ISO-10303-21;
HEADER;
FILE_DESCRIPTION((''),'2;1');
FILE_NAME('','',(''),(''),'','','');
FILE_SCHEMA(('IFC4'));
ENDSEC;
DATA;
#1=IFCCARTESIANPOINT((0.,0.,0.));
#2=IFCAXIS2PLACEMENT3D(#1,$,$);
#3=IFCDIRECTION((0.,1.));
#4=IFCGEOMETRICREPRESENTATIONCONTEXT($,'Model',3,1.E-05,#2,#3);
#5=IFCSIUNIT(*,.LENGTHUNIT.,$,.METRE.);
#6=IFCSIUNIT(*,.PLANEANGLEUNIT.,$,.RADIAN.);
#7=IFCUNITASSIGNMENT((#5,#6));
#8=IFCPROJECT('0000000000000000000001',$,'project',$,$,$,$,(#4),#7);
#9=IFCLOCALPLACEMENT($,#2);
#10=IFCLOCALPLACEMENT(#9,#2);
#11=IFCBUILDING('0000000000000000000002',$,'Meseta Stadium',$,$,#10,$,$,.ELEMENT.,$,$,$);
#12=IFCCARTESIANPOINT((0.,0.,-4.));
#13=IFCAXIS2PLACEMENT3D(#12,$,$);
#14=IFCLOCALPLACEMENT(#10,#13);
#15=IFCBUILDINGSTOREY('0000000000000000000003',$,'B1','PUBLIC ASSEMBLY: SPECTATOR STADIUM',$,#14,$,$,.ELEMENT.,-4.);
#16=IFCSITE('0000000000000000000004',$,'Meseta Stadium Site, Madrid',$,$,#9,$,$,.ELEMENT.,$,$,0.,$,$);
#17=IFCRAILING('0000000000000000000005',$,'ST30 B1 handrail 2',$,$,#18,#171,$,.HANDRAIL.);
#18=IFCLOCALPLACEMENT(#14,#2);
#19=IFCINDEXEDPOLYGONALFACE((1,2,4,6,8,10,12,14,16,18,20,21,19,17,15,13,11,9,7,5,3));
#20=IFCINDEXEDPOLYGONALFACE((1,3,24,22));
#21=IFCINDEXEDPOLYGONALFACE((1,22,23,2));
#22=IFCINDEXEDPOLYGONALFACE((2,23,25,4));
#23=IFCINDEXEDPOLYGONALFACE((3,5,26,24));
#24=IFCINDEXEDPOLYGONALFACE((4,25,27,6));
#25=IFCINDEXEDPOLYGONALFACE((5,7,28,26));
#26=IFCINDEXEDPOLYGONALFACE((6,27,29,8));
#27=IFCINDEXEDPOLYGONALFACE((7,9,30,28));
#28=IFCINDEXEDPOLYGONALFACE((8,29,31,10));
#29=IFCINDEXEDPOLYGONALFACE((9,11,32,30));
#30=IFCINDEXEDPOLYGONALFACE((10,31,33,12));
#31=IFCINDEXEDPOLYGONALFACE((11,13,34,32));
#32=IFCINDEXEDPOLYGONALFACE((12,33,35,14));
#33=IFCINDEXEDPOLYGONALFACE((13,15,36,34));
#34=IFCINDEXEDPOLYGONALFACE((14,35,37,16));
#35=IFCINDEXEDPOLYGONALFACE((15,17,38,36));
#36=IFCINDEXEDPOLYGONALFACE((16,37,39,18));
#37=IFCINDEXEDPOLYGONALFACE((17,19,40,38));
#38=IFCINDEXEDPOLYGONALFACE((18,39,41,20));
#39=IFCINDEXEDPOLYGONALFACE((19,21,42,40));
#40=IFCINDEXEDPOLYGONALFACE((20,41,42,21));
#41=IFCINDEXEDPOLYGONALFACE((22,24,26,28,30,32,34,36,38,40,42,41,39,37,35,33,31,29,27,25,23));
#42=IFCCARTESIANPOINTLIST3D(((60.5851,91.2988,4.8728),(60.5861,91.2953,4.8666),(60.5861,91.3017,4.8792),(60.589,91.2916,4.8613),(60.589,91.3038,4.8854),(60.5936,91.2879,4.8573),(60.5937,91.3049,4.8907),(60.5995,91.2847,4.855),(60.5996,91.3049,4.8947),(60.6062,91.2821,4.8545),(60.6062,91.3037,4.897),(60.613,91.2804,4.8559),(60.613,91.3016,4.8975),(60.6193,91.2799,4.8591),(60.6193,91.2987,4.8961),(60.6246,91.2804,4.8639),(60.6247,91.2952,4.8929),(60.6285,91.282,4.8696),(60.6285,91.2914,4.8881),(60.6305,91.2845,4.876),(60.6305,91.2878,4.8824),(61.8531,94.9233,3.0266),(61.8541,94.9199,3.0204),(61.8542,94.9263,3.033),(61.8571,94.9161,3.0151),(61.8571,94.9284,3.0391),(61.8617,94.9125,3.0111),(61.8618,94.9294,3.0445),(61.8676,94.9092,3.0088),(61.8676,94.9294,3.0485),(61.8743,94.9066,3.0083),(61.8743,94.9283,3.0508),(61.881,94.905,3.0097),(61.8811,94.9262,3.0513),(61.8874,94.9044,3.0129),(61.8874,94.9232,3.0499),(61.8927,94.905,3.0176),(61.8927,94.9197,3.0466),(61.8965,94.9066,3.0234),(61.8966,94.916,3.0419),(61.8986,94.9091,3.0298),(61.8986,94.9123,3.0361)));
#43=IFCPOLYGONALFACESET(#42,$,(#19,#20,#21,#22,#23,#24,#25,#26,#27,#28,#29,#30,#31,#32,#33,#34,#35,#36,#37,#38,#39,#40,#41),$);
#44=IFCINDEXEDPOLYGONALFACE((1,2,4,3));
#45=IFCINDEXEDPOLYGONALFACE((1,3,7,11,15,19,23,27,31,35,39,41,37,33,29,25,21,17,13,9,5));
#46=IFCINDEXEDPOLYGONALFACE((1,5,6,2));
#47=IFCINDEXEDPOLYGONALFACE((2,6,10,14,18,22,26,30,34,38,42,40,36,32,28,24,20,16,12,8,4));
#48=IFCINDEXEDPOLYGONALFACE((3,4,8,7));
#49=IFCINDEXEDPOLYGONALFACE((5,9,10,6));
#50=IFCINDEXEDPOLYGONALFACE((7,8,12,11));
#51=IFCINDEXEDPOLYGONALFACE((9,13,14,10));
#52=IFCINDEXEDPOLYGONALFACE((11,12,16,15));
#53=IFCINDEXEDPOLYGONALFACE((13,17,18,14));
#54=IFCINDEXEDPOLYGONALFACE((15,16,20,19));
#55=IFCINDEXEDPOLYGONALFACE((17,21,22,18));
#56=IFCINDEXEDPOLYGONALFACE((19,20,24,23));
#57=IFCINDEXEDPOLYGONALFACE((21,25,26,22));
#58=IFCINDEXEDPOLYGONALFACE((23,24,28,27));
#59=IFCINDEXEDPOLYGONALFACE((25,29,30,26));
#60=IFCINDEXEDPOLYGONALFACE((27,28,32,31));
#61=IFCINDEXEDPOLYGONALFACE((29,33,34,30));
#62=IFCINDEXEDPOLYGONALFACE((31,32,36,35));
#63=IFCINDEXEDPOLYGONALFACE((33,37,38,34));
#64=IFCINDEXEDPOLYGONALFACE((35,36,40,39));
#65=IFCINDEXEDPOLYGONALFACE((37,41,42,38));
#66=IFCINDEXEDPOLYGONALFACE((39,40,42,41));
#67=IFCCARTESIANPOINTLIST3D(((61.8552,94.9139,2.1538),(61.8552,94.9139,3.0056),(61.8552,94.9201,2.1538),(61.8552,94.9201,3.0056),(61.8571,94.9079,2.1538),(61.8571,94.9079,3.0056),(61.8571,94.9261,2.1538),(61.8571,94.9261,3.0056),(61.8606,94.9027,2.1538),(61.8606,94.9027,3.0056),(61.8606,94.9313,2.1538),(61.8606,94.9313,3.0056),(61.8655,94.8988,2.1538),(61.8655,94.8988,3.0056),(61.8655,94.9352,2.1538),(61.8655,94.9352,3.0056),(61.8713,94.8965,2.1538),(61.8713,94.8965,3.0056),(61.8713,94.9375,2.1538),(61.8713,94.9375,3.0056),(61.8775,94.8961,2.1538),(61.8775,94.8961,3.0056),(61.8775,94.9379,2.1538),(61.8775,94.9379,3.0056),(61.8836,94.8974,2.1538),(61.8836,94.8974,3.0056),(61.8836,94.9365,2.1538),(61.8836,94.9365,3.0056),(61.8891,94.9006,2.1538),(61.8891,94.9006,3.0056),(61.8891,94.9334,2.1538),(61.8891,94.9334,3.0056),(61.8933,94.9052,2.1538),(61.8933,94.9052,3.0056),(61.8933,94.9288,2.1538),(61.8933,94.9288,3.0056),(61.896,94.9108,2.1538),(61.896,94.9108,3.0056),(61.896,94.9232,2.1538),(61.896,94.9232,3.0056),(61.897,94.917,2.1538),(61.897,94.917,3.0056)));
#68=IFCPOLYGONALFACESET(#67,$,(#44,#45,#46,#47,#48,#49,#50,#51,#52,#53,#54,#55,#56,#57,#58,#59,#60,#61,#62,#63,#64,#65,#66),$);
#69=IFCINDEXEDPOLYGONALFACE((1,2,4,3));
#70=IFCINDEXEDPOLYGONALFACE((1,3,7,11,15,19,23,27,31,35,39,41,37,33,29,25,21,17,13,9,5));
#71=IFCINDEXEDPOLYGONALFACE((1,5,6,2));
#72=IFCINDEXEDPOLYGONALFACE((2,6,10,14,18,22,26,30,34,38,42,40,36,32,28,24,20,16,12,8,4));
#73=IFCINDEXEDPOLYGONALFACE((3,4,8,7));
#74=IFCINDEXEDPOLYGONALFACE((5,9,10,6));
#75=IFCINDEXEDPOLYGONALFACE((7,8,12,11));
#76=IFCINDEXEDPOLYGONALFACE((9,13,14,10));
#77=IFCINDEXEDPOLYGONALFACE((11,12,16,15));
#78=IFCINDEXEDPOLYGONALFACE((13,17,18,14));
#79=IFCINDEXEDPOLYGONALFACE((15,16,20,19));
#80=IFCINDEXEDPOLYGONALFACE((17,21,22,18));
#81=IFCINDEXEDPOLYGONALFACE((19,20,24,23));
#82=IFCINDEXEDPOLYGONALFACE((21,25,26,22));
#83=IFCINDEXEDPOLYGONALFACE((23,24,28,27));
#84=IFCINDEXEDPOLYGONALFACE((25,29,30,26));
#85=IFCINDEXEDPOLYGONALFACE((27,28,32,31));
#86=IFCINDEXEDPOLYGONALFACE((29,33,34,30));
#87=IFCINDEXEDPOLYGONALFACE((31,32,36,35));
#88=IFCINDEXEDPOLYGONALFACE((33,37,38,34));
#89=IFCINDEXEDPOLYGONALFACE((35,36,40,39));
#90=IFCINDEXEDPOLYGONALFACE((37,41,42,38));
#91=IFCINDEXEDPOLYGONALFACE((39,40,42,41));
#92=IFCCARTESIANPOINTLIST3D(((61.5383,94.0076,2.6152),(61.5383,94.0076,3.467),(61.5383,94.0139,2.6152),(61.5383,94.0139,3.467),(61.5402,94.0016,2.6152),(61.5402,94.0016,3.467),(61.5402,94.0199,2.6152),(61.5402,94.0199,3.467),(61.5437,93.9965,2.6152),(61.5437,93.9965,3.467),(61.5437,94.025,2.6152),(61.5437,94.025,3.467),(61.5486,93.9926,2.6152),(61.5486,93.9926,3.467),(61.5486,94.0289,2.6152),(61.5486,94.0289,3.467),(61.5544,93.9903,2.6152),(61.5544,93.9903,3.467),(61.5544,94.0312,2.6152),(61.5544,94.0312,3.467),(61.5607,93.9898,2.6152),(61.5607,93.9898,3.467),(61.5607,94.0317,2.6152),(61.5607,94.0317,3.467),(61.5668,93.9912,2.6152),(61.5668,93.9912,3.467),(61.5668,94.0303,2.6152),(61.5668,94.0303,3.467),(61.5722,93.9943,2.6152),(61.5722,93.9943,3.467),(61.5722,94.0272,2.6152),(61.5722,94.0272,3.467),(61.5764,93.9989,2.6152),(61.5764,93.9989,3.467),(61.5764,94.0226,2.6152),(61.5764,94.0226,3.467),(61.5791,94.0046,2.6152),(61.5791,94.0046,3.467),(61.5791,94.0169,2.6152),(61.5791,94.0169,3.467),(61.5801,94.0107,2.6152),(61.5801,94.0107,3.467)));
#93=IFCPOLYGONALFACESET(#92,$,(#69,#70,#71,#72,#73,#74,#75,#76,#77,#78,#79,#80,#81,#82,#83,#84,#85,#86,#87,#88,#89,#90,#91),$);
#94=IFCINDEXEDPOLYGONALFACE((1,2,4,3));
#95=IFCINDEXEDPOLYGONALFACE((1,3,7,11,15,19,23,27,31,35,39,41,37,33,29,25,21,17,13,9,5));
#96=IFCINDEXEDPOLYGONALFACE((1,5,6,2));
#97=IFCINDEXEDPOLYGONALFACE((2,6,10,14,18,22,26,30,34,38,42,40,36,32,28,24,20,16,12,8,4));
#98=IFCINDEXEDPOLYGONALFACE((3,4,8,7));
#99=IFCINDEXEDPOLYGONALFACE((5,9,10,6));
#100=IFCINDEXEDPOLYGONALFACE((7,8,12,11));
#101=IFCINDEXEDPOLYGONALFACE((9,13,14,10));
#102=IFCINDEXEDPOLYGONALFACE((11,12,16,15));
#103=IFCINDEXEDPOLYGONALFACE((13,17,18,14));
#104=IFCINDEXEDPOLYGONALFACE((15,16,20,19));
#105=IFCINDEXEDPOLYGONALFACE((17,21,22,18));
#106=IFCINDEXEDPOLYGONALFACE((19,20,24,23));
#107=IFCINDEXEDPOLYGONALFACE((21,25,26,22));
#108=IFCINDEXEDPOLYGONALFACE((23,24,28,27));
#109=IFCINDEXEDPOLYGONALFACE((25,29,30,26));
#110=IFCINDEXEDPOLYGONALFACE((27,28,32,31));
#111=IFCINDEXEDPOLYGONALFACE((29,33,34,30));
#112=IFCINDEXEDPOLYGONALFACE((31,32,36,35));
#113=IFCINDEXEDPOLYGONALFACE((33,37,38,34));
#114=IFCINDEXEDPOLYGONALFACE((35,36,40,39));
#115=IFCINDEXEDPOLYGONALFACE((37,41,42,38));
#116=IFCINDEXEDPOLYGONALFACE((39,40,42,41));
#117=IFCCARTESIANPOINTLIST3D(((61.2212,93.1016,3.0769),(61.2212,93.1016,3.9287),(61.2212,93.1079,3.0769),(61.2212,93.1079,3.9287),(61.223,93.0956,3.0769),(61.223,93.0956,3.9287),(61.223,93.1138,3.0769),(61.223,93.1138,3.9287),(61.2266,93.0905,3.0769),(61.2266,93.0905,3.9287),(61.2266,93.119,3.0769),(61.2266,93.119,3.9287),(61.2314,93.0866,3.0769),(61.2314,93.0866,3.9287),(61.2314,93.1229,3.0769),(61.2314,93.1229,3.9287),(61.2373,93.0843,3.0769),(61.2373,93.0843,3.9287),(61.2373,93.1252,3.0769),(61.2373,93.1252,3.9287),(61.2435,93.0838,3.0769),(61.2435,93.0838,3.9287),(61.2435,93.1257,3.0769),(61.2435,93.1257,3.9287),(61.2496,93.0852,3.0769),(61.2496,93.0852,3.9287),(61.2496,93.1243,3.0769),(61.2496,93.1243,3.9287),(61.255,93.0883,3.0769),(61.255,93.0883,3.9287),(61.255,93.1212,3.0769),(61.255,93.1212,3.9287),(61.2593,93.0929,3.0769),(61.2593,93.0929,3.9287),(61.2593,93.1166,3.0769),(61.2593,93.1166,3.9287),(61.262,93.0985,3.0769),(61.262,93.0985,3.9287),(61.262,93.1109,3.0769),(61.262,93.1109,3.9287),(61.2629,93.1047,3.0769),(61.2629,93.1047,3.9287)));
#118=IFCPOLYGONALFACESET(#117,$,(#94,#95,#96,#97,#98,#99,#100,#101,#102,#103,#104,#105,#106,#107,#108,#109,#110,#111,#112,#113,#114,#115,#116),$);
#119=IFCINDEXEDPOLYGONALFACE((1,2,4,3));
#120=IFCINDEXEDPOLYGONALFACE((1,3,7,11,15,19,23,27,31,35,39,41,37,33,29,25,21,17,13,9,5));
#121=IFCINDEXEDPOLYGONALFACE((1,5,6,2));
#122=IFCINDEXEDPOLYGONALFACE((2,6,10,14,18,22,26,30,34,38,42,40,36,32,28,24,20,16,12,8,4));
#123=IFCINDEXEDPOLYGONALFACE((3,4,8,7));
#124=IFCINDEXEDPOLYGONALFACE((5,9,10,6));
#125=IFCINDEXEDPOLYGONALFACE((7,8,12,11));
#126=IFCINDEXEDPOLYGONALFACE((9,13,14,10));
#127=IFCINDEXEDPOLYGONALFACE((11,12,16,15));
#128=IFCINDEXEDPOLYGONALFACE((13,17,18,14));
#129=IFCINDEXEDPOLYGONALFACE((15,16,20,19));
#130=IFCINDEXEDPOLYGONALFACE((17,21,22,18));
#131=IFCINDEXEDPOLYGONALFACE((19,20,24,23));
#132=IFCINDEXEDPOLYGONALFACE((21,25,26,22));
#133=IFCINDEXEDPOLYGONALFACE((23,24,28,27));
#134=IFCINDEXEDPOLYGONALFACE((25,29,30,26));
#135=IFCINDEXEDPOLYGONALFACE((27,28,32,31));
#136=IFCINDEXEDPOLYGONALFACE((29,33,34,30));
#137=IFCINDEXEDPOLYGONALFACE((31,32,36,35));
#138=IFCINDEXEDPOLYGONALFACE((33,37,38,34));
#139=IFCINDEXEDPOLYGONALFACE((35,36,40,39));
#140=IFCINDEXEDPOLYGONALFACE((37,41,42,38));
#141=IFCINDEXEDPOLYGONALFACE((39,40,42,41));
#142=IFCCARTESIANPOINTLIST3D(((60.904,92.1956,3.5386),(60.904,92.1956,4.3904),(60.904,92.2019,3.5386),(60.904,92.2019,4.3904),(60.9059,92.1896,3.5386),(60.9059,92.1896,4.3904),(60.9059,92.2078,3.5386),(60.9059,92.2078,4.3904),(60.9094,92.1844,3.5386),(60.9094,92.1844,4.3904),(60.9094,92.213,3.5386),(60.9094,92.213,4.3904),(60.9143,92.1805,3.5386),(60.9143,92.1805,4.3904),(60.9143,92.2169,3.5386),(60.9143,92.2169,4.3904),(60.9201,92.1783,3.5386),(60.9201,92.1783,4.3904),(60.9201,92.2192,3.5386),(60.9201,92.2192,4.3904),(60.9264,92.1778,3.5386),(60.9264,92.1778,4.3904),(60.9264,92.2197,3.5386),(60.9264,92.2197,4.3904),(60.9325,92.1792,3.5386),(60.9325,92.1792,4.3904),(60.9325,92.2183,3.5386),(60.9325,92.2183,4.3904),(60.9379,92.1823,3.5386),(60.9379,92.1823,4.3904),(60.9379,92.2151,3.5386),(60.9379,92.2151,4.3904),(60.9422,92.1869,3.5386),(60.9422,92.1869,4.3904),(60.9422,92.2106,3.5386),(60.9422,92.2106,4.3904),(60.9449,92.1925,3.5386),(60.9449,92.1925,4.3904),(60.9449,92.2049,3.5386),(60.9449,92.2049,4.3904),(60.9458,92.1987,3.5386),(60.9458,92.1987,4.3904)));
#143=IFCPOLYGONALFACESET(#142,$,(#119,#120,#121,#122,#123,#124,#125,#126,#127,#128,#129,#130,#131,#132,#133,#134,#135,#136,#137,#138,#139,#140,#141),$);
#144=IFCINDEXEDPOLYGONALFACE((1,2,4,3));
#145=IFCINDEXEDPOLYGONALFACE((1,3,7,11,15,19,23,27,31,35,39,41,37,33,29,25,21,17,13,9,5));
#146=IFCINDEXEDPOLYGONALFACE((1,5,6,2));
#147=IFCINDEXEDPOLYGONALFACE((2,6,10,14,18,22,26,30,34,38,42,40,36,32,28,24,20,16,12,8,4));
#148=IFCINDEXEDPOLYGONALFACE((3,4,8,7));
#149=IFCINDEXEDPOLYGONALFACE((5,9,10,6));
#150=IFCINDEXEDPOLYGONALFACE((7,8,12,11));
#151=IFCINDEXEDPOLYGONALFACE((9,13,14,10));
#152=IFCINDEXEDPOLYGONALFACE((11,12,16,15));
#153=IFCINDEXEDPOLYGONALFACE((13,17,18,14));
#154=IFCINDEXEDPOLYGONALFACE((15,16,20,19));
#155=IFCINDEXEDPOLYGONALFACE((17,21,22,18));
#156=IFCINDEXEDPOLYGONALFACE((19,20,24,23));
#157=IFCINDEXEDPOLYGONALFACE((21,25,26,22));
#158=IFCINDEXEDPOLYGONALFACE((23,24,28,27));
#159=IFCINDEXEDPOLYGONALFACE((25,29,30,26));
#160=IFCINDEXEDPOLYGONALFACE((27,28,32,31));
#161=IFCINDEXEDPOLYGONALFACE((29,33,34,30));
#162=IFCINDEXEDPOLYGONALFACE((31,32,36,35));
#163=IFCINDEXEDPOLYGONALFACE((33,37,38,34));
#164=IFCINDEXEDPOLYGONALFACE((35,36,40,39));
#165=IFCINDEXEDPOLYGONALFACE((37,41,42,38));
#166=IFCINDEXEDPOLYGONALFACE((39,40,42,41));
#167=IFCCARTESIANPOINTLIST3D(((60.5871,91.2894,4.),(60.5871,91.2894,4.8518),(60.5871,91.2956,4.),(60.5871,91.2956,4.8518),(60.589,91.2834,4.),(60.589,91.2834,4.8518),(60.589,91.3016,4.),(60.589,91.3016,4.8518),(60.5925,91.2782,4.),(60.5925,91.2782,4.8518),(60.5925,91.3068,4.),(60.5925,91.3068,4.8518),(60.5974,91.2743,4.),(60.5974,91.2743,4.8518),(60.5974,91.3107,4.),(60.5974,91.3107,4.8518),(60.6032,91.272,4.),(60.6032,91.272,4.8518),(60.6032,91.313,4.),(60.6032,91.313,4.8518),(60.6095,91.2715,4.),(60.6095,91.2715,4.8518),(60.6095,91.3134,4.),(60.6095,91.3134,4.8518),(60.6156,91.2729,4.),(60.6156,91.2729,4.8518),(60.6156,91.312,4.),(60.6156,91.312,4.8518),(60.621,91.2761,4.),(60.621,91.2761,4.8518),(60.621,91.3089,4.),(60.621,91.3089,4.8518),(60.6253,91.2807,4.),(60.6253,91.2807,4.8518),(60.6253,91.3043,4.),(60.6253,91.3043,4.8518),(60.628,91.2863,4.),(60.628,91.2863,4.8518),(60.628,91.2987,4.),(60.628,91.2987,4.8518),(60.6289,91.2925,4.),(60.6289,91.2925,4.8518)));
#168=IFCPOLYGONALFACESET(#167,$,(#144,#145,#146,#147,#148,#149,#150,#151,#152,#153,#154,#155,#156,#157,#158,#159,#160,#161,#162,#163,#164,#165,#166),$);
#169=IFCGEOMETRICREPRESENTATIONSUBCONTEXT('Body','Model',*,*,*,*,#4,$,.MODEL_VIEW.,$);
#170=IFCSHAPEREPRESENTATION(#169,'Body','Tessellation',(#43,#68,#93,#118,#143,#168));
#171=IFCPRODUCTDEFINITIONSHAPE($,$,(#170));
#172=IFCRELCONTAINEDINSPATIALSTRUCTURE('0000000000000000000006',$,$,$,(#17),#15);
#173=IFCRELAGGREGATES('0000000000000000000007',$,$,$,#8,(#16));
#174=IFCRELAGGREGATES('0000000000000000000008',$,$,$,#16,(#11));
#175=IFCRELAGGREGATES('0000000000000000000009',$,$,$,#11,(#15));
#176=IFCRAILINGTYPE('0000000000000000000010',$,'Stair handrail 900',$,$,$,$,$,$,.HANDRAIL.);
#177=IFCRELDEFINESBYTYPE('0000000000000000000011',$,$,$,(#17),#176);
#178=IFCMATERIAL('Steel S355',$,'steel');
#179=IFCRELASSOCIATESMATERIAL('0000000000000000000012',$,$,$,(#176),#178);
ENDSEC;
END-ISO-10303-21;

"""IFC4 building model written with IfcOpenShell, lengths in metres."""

from ifc_helpers import new_model, si_unit, direction, frame, origin, origin_2d, place, context, subcontext, project, spatial, circle, extrude, material, type_object, element, save


model = new_model("IFC4")

# Units and contexts
model_context = context("Model", 3, precision=1e-05, world=origin(), true_north=direction((0.0, 1.0)))
body_context = subcontext(model_context, "Body", "Model", "MODEL_VIEW")
ifc_project = project(units=[si_unit("LENGTHUNIT", "METRE"), si_unit("PLANEANGLEUNIT", "RADIAN")], contexts=[model_context])

# Site, building, storey
site_placement = place(None, origin())
site = spatial("IfcSite", under=ifc_project, at=site_placement, Name="Meseta Stadium Site, Madrid", CompositionType="ELEMENT", RefElevation=0.0)
building_placement = place(site_placement, origin())
building = spatial("IfcBuilding", under=site, at=building_placement, Name="Meseta Stadium", CompositionType="ELEMENT")
storey_placement = place(building_placement, frame((0.0, 0.0, -4.0)))
storey = spatial("IfcBuildingStorey", under=building, at=storey_placement, Name="B1", Description="PUBLIC ASSEMBLY: SPECTATOR STADIUM", CompositionType="ELEMENT", Elevation=-4.0)

# Railing
ifc_material_1 = material(Name="Steel S355", Category="steel")
railing_type_1 = type_object("IfcRailingType", Name="Stair handrail 900", PredefinedType="HANDRAIL", material=ifc_material_1)
railing_1_placement = place(storey_placement, frame((61.876, 94.917, 2.1538)))
element("IfcRailing", 1, at=railing_1_placement, inside=storey, type_object=railing_type_1, Name="ST30 B1 handrail 2", PredefinedType="HANDRAIL", context=body_context, shape_type="SweptSolid", body=[
    extrude(circle(Radius=0.0239, at=origin_2d()), frame((0.0, 0.0, 0.876), z_axis=(-0.29762, -0.850686, 0.433308), x_axis=(0.9439, -0.330231, 0.0)), (0.0, 0.0, 1.0), 4.2607),
    extrude(circle(Radius=0.021, at=origin_2d()), origin(), (0.0, 0.0, 1.0), 0.8518),
    extrude(circle(Radius=0.021, at=origin_2d()), frame((-0.3169, -0.9062, 0.4614)), (0.0, 0.0, 1.0), 0.8518),
    extrude(circle(Radius=0.021, at=origin_2d()), frame((-0.634, -1.8123, 0.9231)), (0.0, 0.0, 1.0), 0.8518),
    extrude(circle(Radius=0.021, at=origin_2d()), frame((-0.9512, -2.7183, 1.3848)), (0.0, 0.0, 1.0), 0.8518),
    extrude(circle(Radius=0.021, at=origin_2d()), frame((-1.2681, -3.6245, 1.8462)), (0.0, 0.0, 1.0), 0.8518),
])

save(model, "model.ifc")
